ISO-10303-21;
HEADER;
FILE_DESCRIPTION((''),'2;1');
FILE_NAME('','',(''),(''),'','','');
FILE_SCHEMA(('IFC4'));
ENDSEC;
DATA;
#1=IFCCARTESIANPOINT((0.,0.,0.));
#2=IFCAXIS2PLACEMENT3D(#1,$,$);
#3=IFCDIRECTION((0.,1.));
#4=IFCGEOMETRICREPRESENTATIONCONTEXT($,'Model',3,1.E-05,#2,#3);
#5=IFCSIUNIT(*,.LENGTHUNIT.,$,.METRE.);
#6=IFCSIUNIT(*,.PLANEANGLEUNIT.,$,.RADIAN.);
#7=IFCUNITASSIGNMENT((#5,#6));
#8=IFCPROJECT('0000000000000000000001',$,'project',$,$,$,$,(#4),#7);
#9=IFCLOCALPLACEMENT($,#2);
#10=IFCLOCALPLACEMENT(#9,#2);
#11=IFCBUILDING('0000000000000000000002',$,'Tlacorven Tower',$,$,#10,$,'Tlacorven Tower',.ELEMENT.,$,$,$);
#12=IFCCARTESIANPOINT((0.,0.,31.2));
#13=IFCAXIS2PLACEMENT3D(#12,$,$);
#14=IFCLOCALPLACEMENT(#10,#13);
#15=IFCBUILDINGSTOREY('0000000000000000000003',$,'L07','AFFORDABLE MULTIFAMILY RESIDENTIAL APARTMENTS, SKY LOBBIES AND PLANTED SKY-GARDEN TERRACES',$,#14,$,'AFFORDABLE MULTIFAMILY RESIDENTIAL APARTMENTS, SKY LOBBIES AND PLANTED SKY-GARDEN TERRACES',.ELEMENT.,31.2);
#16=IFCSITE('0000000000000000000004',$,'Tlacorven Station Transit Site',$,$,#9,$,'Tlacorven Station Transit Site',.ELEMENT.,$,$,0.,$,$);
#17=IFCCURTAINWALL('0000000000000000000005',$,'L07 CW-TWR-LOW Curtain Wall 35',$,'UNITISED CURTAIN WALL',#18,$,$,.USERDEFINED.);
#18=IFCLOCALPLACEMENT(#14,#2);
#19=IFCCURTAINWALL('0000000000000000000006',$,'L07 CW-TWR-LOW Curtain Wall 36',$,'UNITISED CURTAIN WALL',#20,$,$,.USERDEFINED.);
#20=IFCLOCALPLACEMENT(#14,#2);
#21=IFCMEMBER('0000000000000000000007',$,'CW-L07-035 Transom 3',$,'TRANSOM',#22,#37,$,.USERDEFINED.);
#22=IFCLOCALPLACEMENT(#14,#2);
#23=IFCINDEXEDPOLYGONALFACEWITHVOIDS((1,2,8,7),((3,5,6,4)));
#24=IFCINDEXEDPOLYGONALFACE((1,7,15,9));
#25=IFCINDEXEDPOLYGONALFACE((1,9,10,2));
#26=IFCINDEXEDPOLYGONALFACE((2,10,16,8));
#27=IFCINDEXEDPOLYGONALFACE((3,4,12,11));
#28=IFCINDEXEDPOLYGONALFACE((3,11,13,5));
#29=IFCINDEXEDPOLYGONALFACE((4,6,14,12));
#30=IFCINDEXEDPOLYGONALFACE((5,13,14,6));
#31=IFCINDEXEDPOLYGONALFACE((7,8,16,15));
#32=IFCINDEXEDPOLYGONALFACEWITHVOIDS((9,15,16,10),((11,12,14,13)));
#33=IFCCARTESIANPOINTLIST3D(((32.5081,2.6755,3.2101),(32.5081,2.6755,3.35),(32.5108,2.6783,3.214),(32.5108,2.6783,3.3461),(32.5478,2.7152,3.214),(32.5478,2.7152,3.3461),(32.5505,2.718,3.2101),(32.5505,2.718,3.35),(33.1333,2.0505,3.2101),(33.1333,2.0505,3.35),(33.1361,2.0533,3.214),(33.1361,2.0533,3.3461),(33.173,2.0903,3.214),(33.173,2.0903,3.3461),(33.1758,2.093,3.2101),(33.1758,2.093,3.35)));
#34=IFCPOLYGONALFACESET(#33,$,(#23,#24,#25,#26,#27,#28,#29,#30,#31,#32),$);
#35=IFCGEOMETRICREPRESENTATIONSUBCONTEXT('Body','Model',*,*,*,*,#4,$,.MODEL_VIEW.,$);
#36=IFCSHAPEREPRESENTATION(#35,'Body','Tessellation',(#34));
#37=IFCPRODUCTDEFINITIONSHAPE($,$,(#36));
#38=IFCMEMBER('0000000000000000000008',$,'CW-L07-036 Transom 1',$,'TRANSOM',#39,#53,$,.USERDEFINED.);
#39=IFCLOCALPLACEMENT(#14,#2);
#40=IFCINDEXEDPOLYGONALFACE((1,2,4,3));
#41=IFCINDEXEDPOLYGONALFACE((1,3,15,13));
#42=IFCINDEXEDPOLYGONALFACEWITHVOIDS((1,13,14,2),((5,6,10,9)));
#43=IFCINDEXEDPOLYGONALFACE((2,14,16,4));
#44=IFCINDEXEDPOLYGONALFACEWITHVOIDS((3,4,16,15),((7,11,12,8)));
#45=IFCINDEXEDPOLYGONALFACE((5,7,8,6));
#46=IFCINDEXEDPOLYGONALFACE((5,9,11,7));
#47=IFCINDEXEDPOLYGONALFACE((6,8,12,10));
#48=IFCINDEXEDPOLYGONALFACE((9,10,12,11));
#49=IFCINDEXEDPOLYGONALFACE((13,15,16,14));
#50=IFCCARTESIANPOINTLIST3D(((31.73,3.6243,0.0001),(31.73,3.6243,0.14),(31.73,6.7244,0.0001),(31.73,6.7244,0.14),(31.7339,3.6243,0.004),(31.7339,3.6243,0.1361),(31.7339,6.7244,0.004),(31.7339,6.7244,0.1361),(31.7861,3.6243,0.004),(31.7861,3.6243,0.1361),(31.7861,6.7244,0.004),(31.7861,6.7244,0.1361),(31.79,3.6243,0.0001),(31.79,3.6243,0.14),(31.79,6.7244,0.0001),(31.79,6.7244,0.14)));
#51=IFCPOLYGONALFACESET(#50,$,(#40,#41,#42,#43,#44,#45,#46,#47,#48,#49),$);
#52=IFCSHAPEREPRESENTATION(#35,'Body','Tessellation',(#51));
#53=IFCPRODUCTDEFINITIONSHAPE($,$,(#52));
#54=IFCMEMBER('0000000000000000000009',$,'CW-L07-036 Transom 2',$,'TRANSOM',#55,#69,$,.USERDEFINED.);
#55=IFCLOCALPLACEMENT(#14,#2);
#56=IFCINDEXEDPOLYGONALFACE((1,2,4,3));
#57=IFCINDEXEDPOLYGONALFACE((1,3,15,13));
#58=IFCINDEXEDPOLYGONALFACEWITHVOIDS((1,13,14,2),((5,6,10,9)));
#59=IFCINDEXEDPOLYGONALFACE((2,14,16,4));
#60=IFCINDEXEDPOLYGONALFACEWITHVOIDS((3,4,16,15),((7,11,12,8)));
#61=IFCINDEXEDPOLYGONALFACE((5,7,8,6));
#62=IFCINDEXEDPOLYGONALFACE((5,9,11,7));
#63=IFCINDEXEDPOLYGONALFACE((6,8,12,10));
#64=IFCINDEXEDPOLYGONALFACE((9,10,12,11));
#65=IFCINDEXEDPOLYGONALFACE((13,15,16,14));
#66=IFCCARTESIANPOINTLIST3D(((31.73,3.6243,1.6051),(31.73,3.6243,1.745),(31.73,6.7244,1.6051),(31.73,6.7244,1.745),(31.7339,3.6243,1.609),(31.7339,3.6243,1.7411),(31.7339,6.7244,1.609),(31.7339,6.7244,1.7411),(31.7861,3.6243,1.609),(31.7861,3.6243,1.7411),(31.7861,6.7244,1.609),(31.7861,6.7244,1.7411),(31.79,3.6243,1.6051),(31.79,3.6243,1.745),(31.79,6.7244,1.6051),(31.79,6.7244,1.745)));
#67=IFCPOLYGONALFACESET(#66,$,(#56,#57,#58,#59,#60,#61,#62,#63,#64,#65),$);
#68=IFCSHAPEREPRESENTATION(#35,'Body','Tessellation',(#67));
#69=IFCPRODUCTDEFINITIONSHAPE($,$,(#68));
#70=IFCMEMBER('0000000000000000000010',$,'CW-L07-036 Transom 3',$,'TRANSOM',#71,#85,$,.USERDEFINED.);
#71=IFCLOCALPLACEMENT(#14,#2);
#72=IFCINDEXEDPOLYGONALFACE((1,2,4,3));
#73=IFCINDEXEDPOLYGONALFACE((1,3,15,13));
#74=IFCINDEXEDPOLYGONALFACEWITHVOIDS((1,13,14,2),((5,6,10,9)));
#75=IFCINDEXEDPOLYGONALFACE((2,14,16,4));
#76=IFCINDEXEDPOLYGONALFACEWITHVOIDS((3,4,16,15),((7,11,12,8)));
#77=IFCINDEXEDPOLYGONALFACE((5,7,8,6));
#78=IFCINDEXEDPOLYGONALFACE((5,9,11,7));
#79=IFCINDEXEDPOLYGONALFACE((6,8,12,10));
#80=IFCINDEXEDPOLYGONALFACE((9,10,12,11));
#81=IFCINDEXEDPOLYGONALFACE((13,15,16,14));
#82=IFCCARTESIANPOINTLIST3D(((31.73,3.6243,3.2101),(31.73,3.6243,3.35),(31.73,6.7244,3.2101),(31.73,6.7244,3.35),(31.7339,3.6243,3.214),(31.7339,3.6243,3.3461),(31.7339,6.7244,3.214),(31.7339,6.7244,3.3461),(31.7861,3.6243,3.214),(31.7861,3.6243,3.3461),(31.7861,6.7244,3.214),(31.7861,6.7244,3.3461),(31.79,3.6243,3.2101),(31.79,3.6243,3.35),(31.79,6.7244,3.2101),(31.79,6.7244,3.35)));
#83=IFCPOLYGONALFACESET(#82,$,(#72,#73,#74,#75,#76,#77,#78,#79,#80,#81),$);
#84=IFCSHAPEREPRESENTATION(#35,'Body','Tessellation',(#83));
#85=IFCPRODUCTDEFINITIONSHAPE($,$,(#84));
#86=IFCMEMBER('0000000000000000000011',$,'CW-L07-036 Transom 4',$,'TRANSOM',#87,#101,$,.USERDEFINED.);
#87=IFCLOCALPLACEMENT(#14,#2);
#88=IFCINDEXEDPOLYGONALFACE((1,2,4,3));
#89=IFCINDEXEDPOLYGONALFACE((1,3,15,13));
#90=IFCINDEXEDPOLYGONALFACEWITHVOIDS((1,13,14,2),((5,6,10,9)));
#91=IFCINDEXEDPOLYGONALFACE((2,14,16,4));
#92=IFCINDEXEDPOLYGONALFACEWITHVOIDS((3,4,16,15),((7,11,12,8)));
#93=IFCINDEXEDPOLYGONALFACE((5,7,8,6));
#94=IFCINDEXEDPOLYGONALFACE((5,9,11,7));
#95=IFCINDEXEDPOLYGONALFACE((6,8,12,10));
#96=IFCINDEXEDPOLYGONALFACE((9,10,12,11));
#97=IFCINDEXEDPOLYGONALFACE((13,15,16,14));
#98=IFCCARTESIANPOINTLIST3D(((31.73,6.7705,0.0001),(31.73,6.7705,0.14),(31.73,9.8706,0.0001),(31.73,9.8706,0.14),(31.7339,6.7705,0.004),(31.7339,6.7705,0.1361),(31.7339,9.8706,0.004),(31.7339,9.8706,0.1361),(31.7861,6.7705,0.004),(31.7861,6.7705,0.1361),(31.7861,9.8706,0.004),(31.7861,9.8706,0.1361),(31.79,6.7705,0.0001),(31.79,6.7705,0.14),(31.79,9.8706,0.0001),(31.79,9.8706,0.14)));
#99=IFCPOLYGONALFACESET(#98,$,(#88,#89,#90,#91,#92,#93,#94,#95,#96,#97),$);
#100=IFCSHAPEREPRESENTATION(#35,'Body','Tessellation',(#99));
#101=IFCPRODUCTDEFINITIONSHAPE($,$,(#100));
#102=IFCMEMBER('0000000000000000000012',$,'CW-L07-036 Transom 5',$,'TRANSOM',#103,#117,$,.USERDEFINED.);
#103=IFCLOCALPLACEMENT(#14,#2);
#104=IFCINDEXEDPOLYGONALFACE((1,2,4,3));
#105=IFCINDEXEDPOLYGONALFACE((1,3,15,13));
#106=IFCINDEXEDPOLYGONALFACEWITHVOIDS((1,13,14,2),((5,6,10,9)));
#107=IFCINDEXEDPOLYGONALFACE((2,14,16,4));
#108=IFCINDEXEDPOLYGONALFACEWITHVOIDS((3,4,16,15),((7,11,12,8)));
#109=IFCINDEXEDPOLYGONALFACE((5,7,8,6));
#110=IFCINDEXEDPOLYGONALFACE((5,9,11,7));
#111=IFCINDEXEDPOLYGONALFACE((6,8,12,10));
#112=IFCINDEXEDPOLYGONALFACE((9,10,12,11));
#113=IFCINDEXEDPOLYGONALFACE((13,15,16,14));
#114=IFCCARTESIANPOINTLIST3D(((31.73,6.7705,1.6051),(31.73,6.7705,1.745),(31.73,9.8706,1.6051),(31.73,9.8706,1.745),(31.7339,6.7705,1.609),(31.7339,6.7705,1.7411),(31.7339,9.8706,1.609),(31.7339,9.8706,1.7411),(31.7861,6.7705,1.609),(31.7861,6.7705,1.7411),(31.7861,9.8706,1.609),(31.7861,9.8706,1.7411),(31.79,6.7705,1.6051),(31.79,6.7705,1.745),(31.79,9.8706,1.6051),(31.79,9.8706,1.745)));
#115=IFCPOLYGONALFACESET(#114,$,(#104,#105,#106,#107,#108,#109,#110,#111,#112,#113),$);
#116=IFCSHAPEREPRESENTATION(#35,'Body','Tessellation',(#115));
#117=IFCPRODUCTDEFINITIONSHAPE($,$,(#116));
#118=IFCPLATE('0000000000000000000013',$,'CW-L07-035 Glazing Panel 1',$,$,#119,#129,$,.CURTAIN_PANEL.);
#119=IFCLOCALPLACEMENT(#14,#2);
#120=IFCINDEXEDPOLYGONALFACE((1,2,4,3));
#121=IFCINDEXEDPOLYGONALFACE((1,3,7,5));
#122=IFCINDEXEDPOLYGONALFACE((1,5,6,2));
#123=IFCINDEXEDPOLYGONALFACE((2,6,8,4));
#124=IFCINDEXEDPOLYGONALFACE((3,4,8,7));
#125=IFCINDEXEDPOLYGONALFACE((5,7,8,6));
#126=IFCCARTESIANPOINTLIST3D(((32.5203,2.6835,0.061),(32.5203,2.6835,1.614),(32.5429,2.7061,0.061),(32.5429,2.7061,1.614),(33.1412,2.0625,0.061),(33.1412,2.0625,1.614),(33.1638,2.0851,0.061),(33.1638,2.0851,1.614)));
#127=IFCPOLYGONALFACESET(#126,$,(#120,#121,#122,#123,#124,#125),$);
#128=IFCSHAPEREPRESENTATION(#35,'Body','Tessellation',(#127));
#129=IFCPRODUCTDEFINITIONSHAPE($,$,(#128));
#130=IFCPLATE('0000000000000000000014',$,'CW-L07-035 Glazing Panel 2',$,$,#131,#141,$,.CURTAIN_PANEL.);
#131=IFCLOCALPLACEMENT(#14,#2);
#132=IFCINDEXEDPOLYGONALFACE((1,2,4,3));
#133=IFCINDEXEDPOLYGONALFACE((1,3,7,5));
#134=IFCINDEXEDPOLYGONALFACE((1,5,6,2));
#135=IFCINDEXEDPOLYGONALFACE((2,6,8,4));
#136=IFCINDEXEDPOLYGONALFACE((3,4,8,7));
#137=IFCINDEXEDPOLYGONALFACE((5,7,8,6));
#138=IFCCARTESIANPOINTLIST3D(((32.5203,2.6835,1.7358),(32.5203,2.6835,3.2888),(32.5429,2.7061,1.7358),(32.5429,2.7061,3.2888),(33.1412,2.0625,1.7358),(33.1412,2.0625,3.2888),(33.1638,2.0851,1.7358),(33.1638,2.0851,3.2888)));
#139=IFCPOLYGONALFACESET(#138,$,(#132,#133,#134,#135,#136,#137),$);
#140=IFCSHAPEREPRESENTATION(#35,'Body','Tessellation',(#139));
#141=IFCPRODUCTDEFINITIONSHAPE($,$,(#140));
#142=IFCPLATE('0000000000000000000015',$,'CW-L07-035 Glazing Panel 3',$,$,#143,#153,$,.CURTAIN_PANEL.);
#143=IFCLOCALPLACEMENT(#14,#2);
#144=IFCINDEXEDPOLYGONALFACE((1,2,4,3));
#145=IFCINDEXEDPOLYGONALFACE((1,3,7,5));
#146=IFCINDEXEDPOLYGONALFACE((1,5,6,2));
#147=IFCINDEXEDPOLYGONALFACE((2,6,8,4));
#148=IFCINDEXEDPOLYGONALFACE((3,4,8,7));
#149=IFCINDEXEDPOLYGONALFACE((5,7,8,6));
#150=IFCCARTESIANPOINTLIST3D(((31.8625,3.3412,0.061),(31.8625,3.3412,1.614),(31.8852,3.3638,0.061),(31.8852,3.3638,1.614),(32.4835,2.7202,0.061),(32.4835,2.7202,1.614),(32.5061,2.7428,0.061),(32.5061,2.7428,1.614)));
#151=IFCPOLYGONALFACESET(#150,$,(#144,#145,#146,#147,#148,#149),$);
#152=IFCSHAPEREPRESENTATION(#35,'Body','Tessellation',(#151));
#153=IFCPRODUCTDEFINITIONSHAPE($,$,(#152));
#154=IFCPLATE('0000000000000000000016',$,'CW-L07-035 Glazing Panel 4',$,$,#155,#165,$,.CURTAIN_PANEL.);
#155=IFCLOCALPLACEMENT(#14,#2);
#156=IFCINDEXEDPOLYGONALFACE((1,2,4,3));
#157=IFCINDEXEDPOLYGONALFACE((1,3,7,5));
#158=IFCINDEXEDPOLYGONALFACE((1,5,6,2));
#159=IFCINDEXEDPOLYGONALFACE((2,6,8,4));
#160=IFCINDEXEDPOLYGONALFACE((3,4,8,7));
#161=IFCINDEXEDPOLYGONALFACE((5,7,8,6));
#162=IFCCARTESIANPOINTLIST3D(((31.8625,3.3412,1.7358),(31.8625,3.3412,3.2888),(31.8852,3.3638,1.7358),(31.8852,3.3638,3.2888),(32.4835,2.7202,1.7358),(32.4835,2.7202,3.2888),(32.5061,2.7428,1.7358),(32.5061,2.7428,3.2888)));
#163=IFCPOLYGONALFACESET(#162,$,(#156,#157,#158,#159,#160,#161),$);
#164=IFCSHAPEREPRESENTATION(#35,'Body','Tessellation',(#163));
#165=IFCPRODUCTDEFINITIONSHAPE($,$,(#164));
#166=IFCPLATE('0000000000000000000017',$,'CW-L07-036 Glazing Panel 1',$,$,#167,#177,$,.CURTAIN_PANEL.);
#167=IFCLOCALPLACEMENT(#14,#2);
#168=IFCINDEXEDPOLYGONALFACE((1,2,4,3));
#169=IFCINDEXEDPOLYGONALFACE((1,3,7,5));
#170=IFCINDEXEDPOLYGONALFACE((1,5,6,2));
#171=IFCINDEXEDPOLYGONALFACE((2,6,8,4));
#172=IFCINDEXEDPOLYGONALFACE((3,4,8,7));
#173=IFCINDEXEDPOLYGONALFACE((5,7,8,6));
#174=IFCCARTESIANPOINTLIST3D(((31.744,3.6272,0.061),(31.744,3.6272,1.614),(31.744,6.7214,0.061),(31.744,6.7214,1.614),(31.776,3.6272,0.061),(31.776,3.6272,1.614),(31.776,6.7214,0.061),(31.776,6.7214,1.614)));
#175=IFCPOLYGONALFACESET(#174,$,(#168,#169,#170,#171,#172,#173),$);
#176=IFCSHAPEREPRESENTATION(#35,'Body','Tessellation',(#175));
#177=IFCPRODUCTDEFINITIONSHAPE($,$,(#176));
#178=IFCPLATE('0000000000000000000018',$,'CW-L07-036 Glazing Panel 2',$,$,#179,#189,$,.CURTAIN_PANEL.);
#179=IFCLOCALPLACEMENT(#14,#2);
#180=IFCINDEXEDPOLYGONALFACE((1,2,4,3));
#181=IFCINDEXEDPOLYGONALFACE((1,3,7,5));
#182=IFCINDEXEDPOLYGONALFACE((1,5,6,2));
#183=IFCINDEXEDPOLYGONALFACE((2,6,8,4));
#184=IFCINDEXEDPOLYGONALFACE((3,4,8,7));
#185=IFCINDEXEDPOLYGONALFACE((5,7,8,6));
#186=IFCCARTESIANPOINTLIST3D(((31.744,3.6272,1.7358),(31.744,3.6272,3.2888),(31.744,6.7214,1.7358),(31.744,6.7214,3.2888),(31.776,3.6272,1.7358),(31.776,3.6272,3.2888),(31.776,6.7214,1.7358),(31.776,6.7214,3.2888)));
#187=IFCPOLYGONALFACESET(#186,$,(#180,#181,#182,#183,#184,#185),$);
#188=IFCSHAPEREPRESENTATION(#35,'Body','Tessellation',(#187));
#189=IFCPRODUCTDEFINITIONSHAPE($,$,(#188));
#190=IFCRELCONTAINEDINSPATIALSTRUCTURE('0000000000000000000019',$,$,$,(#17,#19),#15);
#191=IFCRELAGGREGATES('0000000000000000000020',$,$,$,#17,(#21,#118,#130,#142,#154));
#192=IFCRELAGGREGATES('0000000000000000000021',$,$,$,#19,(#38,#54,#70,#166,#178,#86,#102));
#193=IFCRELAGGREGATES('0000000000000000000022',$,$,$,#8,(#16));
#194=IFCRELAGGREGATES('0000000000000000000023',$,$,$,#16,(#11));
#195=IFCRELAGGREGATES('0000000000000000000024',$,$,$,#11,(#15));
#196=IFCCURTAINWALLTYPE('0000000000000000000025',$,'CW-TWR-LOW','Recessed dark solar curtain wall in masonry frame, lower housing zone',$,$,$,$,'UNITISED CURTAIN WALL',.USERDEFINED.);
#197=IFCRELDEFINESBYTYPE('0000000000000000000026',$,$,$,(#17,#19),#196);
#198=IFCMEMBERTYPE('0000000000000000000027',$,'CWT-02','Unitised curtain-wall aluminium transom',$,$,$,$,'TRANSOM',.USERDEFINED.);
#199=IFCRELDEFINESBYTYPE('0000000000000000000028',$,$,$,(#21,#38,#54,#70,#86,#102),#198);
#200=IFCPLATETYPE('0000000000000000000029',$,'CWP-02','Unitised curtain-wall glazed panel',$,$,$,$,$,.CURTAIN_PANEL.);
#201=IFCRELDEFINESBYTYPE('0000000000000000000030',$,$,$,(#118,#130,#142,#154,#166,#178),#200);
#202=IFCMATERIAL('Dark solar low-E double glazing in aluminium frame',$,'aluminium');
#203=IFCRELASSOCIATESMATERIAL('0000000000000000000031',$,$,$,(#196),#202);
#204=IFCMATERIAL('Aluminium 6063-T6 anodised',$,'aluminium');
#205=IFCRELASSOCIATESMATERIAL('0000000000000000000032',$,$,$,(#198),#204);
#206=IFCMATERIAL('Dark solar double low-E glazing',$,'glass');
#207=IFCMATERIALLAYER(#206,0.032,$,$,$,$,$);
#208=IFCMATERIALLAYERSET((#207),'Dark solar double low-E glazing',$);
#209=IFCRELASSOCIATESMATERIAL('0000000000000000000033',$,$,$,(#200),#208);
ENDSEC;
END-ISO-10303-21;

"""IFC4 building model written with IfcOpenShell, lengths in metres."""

from ifc_helpers import new_model, si_unit, direction, frame, origin, origin_2d, place, context, subcontext, project, spatial, rectangle, hollow_rectangle, extrude, source, transform, mapped, material, layer, layer_set, material_profile, profile_set, type_object, element, aggregate, save


model = new_model("IFC4")

# Units and contexts
model_context = context("Model", 3, precision=1e-05, world=origin(), true_north=direction((0.0, 1.0)))
body_context = subcontext(model_context, "Body", "Model", "MODEL_VIEW")
ifc_project = project(units=[si_unit("LENGTHUNIT", "METRE"), si_unit("PLANEANGLEUNIT", "RADIAN")], contexts=[model_context])

# Site, building, storey
site_placement = place(None, origin())
site = spatial("IfcSite", under=ifc_project, at=site_placement, Name="Tlacorven Station Transit Site", LongName="Tlacorven Station Transit Site", CompositionType="ELEMENT", RefElevation=0.0)
building_placement = place(site_placement, origin())
building = spatial("IfcBuilding", under=site, at=building_placement, Name="Tlacorven Tower", LongName="Tlacorven Tower", CompositionType="ELEMENT")
storey_placement = place(building_placement, frame((0.0, 0.0, 31.2)))
storey = spatial("IfcBuildingStorey", under=building, at=storey_placement, Name="L07", Description="AFFORDABLE MULTIFAMILY RESIDENTIAL APARTMENTS, SKY LOBBIES AND PLANTED SKY-GARDEN TERRACES", LongName="AFFORDABLE MULTIFAMILY RESIDENTIAL APARTMENTS, SKY LOBBIES AND PLANTED SKY-GARDEN TERRACES", CompositionType="ELEMENT", Elevation=31.2)

# Shared definitions
ifc_material_1 = material(Name="Dark solar low-E double glazing in aluminium frame", Category="aluminium")
curtain_wall_type = type_object("IfcCurtainWallType", Name="CW-TWR-LOW", Description="Recessed dark solar curtain wall in masonry frame, lower housing zone", ElementType="UNITISED CURTAIN WALL", PredefinedType="USERDEFINED", material=ifc_material_1)
ifc_material_2 = material(Name="Aluminium 6063-T6 anodised", Category="aluminium")

# Curtain walls
curtain_wall_1_placement = place(storey_placement, origin())
curtain_wall_1 = element("IfcCurtainWall", 1, at=curtain_wall_1_placement, inside=storey, type_object=curtain_wall_type, Name="L07 CW-TWR-LOW Curtain Wall 35", ObjectType="UNITISED CURTAIN WALL", PredefinedType="USERDEFINED")
curtain_wall_2_placement = place(storey_placement, origin())
curtain_wall_2 = element("IfcCurtainWall", 2, at=curtain_wall_2_placement, inside=storey, type_object=curtain_wall_type, Name="L07 CW-TWR-LOW Curtain Wall 36", ObjectType="UNITISED CURTAIN WALL", PredefinedType="USERDEFINED")

# Members
ifc_material_profile_1 = material_profile(ifc_material_2, hollow_rectangle(XDim=0.0601, YDim=0.1399, WallThickness=0.0039, at=origin_2d()), Name="ALU TRANSOM 60X140")
ifc_profile_set_1 = profile_set([ifc_material_profile_1], Name="Aluminium 6063-T6 anodised")
member_type_1 = type_object("IfcMemberType", Name="CWT-02", Description="Unitised curtain-wall aluminium transom", ElementType="TRANSOM", PredefinedType="USERDEFINED", material=ifc_profile_set_1)
shared_shape_1 = source(origin(), body_context, "Body", "SweptSolid", [
    extrude(hollow_rectangle(XDim=0.0601, YDim=0.1399, WallThickness=0.0039, at=origin_2d()), origin(), (0.0, 0.0, 1.0), 0.884),
])
member_1_placement = place(storey_placement, frame((33.1545, 2.0718, 3.28), z_axis=(-0.707245, 0.706969, 0.0), x_axis=(-0.706969, -0.707245, 0.0)))
member_1 = element("IfcMember", 3, at=member_1_placement, type_object=member_type_1, Name="CW-L07-035 Transom 3", ObjectType="TRANSOM", PredefinedType="USERDEFINED", context=body_context, shape_type="MappedRepresentation", body=[
    mapped(shared_shape_1, transform((0.0, 0.0, 0.0), scale=1.0)),
])
shared_shape_2 = source(origin(), body_context, "Body", "SweptSolid", [
    extrude(hollow_rectangle(XDim=0.0601, YDim=0.1399, WallThickness=0.0039, at=origin_2d()), origin(), (0.0, 0.0, 1.0), 3.1001),
])
member_2_placement = place(storey_placement, frame((31.76, 3.6243, 0.0701), z_axis=(0.0, 1.0, 0.0), x_axis=(-1.0, 0.0, 0.0)))
member_2 = element("IfcMember", 4, at=member_2_placement, type_object=member_type_1, Name="CW-L07-036 Transom 1", ObjectType="TRANSOM", PredefinedType="USERDEFINED", context=body_context, shape_type="MappedRepresentation", body=[
    mapped(shared_shape_2, transform((0.0, 0.0, 0.0), scale=1.0)),
])
member_3_placement = place(storey_placement, frame((31.76, 3.6243, 1.675), z_axis=(0.0, 1.0, 0.0), x_axis=(-1.0, 0.0, 0.0)))
member_3 = element("IfcMember", 5, at=member_3_placement, type_object=member_type_1, Name="CW-L07-036 Transom 2", ObjectType="TRANSOM", PredefinedType="USERDEFINED", context=body_context, shape_type="MappedRepresentation", body=[
    mapped(shared_shape_2, transform((0.0, 0.0, 0.0), scale=1.0)),
])
member_4_placement = place(storey_placement, frame((31.76, 3.6243, 3.28), z_axis=(0.0, 1.0, 0.0), x_axis=(-1.0, 0.0, 0.0)))
member_4 = element("IfcMember", 6, at=member_4_placement, type_object=member_type_1, Name="CW-L07-036 Transom 3", ObjectType="TRANSOM", PredefinedType="USERDEFINED", context=body_context, shape_type="MappedRepresentation", body=[
    mapped(shared_shape_2, transform((0.0, 0.0, 0.0), scale=1.0)),
])
member_5_placement = place(storey_placement, frame((31.76, 6.7705, 0.0701), z_axis=(0.0, 1.0, 0.0), x_axis=(-1.0, 0.0, 0.0)))
member_5 = element("IfcMember", 7, at=member_5_placement, type_object=member_type_1, Name="CW-L07-036 Transom 4", ObjectType="TRANSOM", PredefinedType="USERDEFINED", context=body_context, shape_type="MappedRepresentation", body=[
    mapped(shared_shape_2, transform((0.0, 0.0, 0.0), scale=1.0)),
])
member_6_placement = place(storey_placement, frame((31.76, 6.7705, 1.675), z_axis=(0.0, 1.0, 0.0), x_axis=(-1.0, 0.0, 0.0)))
member_6 = element("IfcMember", 8, at=member_6_placement, type_object=member_type_1, Name="CW-L07-036 Transom 5", ObjectType="TRANSOM", PredefinedType="USERDEFINED", context=body_context, shape_type="MappedRepresentation", body=[
    mapped(shared_shape_2, transform((0.0, 0.0, 0.0), scale=1.0)),
])

# Plates
ifc_material_3 = material(Name="Dark solar double low-E glazing", Category="glass")
ifc_layer = layer(ifc_material_3, 0.032)
ifc_layer_set = layer_set([ifc_layer], Name="Dark solar double low-E glazing")
plate_type = type_object("IfcPlateType", Name="CWP-02", Description="Unitised curtain-wall glazed panel", PredefinedType="CURTAIN_PANEL", material=ifc_layer_set)
shared_shape_3 = source(origin(), body_context, "Body", "SweptSolid", [
    extrude(rectangle(XDim=0.8782, YDim=0.032, at=origin_2d()), origin(), (0.0, 0.0, 1.0), 1.553),
])
plate_1_placement = place(storey_placement, frame((32.842, 2.3843, 0.061), z_axis=(0.0, 0.0, 1.0), x_axis=(-0.707107, 0.707107, 0.0)))
plate_1 = element("IfcPlate", 9, at=plate_1_placement, type_object=plate_type, Name="CW-L07-035 Glazing Panel 1", PredefinedType="CURTAIN_PANEL", context=body_context, shape_type="MappedRepresentation", body=[
    mapped(shared_shape_3, transform((0.0, 0.0, 0.0), scale=1.0)),
])
plate_2_placement = place(storey_placement, frame((32.842, 2.3843, 1.7358), z_axis=(0.0, 0.0, 1.0), x_axis=(-0.707107, 0.707107, 0.0)))
plate_2 = element("IfcPlate", 10, at=plate_2_placement, type_object=plate_type, Name="CW-L07-035 Glazing Panel 2", PredefinedType="CURTAIN_PANEL", context=body_context, shape_type="MappedRepresentation", body=[
    mapped(shared_shape_3, transform((0.0, 0.0, 0.0), scale=1.0)),
])
plate_3_placement = place(storey_placement, frame((32.1843, 3.042, 0.061), z_axis=(0.0, 0.0, 1.0), x_axis=(-0.707107, 0.707107, 0.0)))
plate_3 = element("IfcPlate", 11, at=plate_3_placement, type_object=plate_type, Name="CW-L07-035 Glazing Panel 3", PredefinedType="CURTAIN_PANEL", context=body_context, shape_type="MappedRepresentation", body=[
    mapped(shared_shape_3, transform((0.0, 0.0, 0.0), scale=1.0)),
])
plate_4_placement = place(storey_placement, frame((32.1843, 3.042, 1.7358), z_axis=(0.0, 0.0, 1.0), x_axis=(-0.707107, 0.707107, 0.0)))
plate_4 = element("IfcPlate", 12, at=plate_4_placement, type_object=plate_type, Name="CW-L07-035 Glazing Panel 4", PredefinedType="CURTAIN_PANEL", context=body_context, shape_type="MappedRepresentation", body=[
    mapped(shared_shape_3, transform((0.0, 0.0, 0.0), scale=1.0)),
])
aggregate(curtain_wall_1, [member_1, plate_1, plate_2, plate_3, plate_4])
shared_shape_4 = source(origin(), body_context, "Body", "SweptSolid", [
    extrude(rectangle(XDim=3.0942, YDim=0.032, at=origin_2d()), origin(), (0.0, 0.0, 1.0), 1.553),
])
plate_5_placement = place(storey_placement, frame((31.76, 5.1743, 0.061), z_axis=(0.0, 0.0, 1.0), x_axis=(0.0, 1.0, 0.0)))
plate_5 = element("IfcPlate", 13, at=plate_5_placement, type_object=plate_type, Name="CW-L07-036 Glazing Panel 1", PredefinedType="CURTAIN_PANEL", context=body_context, shape_type="MappedRepresentation", body=[
    mapped(shared_shape_4, transform((0.0, 0.0, 0.0), scale=1.0)),
])
plate_6_placement = place(storey_placement, frame((31.76, 5.1743, 1.7358), z_axis=(0.0, 0.0, 1.0), x_axis=(0.0, 1.0, 0.0)))
plate_6 = element("IfcPlate", 14, at=plate_6_placement, type_object=plate_type, Name="CW-L07-036 Glazing Panel 2", PredefinedType="CURTAIN_PANEL", context=body_context, shape_type="MappedRepresentation", body=[
    mapped(shared_shape_4, transform((0.0, 0.0, 0.0), scale=1.0)),
])
aggregate(curtain_wall_2, [member_2, member_3, member_4, plate_5, plate_6, member_5, member_6])

save(model, "model.ifc")
